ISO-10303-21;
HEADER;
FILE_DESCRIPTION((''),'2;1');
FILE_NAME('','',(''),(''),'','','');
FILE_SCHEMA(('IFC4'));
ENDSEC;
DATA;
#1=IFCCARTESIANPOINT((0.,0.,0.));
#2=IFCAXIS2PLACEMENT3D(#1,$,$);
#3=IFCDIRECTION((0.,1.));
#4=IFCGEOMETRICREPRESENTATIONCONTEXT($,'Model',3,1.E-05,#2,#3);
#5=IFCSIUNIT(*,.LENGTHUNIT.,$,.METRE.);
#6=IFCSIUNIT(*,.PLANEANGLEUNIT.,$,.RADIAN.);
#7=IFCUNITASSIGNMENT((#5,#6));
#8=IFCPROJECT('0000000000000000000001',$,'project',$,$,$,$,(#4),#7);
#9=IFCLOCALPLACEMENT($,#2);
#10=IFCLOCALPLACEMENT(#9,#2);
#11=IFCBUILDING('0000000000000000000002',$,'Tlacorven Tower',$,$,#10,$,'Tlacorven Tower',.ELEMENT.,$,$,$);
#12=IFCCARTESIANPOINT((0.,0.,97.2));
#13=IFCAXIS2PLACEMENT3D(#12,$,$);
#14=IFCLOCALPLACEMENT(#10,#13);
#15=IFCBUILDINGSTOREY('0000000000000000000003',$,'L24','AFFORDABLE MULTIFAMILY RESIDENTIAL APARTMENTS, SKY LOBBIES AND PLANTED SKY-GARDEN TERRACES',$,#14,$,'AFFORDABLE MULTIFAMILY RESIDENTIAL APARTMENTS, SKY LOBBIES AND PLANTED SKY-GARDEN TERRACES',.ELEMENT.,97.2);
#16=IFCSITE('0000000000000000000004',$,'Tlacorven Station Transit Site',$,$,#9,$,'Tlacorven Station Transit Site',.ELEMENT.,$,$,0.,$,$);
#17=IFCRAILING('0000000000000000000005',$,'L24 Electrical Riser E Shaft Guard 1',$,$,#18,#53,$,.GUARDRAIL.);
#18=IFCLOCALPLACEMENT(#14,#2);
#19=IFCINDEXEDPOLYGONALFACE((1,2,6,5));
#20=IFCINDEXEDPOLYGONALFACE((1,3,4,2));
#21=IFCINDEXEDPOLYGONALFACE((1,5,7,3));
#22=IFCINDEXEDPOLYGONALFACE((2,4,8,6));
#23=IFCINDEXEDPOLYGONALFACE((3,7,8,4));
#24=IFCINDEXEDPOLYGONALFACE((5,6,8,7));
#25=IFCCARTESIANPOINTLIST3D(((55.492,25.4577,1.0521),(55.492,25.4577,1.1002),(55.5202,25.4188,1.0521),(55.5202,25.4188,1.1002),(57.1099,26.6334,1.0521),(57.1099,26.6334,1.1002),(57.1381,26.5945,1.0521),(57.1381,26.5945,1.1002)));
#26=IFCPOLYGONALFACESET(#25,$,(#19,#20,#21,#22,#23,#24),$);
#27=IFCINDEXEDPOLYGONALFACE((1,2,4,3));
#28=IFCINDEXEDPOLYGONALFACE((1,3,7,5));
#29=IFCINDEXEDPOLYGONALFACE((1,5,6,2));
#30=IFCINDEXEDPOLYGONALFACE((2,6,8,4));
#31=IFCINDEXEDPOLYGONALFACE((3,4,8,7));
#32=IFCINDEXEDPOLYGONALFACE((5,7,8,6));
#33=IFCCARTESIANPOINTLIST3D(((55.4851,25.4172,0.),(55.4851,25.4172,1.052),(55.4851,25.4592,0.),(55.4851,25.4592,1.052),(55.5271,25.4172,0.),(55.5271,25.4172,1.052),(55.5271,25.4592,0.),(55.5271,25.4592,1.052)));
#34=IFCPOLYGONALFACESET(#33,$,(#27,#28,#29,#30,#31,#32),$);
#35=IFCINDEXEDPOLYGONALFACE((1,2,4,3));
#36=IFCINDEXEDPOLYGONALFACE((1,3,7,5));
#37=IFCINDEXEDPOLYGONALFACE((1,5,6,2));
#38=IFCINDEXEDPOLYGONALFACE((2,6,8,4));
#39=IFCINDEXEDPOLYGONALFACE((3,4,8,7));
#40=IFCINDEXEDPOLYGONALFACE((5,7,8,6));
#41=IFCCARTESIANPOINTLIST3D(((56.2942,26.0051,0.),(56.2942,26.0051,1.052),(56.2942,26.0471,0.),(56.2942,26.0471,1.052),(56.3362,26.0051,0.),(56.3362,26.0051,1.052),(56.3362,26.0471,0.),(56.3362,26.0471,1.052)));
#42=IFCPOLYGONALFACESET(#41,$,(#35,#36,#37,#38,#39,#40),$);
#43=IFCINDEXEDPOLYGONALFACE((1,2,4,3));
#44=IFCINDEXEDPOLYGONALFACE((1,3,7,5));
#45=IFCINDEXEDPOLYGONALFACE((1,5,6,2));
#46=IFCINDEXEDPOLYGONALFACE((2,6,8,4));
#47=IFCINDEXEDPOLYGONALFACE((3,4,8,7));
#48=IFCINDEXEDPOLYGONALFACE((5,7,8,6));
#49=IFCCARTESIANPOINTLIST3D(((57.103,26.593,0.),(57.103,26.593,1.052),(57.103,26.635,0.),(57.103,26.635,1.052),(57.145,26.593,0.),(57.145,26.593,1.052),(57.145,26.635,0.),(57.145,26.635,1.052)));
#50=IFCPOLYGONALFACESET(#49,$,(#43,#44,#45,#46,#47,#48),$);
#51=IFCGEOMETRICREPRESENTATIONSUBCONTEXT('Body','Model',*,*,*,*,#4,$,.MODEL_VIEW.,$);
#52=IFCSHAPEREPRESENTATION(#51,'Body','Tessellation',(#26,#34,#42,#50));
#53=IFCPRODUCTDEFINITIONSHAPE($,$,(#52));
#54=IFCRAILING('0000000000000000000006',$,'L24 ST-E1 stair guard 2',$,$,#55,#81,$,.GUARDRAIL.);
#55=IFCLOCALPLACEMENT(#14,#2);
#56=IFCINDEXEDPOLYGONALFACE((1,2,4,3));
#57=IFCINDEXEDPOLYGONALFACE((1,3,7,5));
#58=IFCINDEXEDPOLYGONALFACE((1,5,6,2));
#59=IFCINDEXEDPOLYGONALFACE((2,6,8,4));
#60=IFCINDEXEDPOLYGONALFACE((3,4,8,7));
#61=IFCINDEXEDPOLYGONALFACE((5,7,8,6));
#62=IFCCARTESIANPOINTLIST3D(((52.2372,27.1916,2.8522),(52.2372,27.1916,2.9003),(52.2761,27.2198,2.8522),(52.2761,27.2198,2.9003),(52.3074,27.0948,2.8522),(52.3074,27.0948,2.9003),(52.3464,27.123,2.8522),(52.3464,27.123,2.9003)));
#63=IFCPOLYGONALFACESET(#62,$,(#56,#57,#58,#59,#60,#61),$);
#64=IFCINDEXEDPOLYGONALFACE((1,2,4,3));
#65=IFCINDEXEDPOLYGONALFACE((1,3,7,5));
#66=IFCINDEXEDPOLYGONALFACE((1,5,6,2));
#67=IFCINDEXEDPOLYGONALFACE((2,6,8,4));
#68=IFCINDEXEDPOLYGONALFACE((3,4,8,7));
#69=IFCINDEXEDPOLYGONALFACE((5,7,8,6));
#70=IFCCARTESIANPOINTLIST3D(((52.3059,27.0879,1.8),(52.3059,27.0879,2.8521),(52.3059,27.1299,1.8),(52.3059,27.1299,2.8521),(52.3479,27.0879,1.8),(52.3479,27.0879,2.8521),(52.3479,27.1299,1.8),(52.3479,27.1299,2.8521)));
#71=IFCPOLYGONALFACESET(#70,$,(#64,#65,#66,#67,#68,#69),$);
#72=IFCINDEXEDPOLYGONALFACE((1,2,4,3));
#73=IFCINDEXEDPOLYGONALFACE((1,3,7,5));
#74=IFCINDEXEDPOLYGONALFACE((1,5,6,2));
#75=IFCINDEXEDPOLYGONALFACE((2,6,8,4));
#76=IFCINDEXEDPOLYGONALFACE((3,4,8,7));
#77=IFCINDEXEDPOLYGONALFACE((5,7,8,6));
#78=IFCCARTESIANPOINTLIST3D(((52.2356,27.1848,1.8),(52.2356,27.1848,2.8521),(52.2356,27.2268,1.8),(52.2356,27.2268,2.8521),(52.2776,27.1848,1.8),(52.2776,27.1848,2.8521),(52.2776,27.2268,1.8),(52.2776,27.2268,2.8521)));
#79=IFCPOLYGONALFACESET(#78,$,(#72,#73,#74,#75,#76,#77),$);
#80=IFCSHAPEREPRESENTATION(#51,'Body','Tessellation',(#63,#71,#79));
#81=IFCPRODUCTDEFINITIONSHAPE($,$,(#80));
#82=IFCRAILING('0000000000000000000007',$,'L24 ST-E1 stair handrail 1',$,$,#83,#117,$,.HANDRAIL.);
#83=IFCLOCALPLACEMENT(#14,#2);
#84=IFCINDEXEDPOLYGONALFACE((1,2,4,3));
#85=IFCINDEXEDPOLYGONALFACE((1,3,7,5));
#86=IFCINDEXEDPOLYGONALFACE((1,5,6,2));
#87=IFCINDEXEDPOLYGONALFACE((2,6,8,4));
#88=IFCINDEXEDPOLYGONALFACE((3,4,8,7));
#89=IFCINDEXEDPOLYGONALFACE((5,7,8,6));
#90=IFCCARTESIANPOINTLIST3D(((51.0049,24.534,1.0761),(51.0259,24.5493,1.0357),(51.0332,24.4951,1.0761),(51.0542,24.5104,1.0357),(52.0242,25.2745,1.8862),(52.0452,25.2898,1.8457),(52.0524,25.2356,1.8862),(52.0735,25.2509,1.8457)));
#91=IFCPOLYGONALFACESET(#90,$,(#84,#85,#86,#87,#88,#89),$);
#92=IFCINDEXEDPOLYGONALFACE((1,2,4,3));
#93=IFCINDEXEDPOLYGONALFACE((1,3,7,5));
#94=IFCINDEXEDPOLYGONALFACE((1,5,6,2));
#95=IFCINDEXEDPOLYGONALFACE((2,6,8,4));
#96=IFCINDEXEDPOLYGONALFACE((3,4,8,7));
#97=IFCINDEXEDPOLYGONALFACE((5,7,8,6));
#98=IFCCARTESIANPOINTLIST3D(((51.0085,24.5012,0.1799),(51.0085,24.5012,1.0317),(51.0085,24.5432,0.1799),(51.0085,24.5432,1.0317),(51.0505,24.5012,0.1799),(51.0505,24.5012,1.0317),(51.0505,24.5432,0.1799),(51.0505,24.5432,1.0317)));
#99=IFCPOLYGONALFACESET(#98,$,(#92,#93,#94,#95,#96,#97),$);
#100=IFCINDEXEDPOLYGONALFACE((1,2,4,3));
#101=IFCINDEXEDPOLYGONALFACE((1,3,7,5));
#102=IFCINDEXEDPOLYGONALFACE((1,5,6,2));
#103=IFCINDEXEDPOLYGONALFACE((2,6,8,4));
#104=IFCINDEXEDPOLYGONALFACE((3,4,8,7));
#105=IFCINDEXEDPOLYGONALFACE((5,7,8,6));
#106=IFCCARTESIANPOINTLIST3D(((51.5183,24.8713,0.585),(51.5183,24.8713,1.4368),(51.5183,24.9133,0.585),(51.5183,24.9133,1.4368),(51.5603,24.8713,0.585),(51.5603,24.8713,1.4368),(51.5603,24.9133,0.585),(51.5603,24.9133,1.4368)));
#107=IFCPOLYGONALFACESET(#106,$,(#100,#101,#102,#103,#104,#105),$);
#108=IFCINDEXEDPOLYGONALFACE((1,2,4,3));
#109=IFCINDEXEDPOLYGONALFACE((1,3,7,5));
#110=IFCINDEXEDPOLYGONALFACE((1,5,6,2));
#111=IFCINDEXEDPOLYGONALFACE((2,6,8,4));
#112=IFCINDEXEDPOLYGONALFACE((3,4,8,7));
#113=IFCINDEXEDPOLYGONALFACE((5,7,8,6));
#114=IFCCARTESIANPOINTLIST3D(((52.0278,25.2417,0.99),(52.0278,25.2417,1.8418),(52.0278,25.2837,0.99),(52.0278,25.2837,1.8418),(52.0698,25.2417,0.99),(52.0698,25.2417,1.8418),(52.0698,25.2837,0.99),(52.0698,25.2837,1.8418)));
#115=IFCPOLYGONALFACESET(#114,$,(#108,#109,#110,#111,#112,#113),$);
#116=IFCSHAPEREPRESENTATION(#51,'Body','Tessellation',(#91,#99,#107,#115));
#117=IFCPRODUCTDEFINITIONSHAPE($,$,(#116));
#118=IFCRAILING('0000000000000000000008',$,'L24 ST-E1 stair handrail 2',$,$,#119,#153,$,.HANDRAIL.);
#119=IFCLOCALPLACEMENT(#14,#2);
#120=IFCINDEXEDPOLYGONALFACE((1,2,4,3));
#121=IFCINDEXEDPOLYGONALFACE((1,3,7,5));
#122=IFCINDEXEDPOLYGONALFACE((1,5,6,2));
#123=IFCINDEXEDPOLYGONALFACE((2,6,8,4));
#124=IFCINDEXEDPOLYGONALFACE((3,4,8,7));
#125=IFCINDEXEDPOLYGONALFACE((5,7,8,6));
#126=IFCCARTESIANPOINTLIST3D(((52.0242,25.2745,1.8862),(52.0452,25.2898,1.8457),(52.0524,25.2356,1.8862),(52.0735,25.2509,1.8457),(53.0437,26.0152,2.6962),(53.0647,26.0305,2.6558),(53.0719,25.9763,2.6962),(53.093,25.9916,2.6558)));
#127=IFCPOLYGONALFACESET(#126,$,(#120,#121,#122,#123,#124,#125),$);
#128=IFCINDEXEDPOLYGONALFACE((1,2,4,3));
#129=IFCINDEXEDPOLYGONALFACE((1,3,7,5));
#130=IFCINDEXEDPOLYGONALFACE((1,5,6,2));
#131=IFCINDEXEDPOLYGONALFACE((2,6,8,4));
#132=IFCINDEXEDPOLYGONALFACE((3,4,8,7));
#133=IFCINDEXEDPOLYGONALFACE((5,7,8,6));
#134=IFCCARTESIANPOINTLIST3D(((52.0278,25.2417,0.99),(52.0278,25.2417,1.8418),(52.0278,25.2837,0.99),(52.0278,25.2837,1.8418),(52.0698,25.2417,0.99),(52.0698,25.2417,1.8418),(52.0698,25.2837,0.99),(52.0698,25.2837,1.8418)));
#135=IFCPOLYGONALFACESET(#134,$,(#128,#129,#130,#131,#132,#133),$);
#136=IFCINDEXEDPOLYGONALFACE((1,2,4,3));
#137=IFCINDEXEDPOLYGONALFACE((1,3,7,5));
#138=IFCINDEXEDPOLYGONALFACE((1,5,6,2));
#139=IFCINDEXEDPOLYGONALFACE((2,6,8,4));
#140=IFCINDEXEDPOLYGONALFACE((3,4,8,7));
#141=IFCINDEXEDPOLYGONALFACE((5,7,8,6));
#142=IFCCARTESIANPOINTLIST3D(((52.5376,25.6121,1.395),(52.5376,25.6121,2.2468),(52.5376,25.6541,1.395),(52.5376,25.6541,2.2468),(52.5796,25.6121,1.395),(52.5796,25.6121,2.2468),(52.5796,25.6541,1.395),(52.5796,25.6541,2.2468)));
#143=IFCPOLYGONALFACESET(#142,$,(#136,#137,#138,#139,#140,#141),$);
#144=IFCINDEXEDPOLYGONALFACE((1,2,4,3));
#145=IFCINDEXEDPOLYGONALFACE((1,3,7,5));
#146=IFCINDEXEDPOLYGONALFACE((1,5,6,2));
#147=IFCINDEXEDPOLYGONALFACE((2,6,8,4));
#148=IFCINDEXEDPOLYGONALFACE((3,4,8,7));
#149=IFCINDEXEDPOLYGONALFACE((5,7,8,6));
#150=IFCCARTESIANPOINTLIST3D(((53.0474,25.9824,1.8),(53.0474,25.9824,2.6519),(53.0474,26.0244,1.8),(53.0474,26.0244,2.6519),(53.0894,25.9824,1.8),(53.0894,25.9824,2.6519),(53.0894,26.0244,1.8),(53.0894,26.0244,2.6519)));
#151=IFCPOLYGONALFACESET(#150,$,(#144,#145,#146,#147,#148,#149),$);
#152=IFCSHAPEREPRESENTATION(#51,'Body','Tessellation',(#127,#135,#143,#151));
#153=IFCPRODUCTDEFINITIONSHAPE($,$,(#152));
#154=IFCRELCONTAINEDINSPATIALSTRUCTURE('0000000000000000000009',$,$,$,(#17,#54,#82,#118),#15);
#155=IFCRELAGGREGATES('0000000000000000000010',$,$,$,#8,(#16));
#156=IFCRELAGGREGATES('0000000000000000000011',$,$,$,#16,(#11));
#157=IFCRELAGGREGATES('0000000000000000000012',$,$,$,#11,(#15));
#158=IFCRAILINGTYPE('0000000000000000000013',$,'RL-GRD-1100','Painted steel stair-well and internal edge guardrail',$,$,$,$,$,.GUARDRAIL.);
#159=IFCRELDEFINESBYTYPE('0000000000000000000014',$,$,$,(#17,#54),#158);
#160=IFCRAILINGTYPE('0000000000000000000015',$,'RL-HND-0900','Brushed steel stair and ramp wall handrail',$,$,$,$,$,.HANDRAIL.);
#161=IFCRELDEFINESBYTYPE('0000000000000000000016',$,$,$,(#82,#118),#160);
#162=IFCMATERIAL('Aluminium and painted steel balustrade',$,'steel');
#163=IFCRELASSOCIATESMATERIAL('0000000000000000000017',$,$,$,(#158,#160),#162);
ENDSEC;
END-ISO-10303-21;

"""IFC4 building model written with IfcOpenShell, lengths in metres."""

from ifc_helpers import new_model, si_unit, direction, frame, origin, origin_2d, place, context, subcontext, project, spatial, rectangle, extrude, source, transform, mapped, material, type_object, element, save


model = new_model("IFC4")

# Units and contexts
model_context = context("Model", 3, precision=1e-05, world=origin(), true_north=direction((0.0, 1.0)))
body_context = subcontext(model_context, "Body", "Model", "MODEL_VIEW")
ifc_project = project(units=[si_unit("LENGTHUNIT", "METRE"), si_unit("PLANEANGLEUNIT", "RADIAN")], contexts=[model_context])

# Site, building, storey
site_placement = place(None, origin())
site = spatial("IfcSite", under=ifc_project, at=site_placement, Name="Tlacorven Station Transit Site", LongName="Tlacorven Station Transit Site", CompositionType="ELEMENT", RefElevation=0.0)
building_placement = place(site_placement, origin())
building = spatial("IfcBuilding", under=site, at=building_placement, Name="Tlacorven Tower", LongName="Tlacorven Tower", CompositionType="ELEMENT")
storey_placement = place(building_placement, frame((0.0, 0.0, 97.2)))
storey = spatial("IfcBuildingStorey", under=building, at=storey_placement, Name="L24", Description="AFFORDABLE MULTIFAMILY RESIDENTIAL APARTMENTS, SKY LOBBIES AND PLANTED SKY-GARDEN TERRACES", LongName="AFFORDABLE MULTIFAMILY RESIDENTIAL APARTMENTS, SKY LOBBIES AND PLANTED SKY-GARDEN TERRACES", CompositionType="ELEMENT", Elevation=97.2)

# Railings
ifc_material_1 = material(Name="Aluminium and painted steel balustrade", Category="steel")
railing_type_1 = type_object("IfcRailingType", Name="RL-GRD-1100", Description="Painted steel stair-well and internal edge guardrail", PredefinedType="GUARDRAIL", material=ifc_material_1)
shared_shape_1 = source(origin(), body_context, "Body", "SweptSolid", [
    extrude(rectangle(XDim=0.0481, YDim=0.0481, at=origin_2d()), frame((0.0, 0.0, 1.0762), z_axis=(0.808947, 0.587881, 0.0), x_axis=(-0.587881, 0.808947, 0.0)), (0.0, 0.0, 1.0), 2.0),
    extrude(rectangle(XDim=0.042, YDim=0.042, at=origin_2d()), origin(), (0.0, 0.0, 1.0), 1.052),
    extrude(rectangle(XDim=0.042, YDim=0.042, at=origin_2d()), frame((0.8091, 0.5879, 0.0)), (0.0, 0.0, 1.0), 1.052),
    extrude(rectangle(XDim=0.042, YDim=0.042, at=origin_2d()), frame((1.6179, 1.1758, 0.0)), (0.0, 0.0, 1.0), 1.052),
])
railing_1_placement = place(storey_placement, frame((55.5061, 25.4382, 0.0)))
element("IfcRailing", 1, at=railing_1_placement, inside=storey, type_object=railing_type_1, Name="L24 Electrical Riser E Shaft Guard 1", PredefinedType="GUARDRAIL", context=body_context, shape_type="MappedRepresentation", body=[
    mapped(shared_shape_1, transform((0.0, 0.0, 0.0), scale=1.0)),
])
shared_shape_2 = source(origin(), body_context, "Body", "SweptSolid", [
    extrude(rectangle(XDim=0.0481, YDim=0.0481, at=origin_2d()), frame((0.0, 0.0, 1.0762), z_axis=(-0.587201, 0.809441, 0.0), x_axis=(-0.809441, -0.587201, 0.0)), (0.0, 0.0, 1.0), 0.1196),
    extrude(rectangle(XDim=0.042, YDim=0.042, at=origin_2d()), origin(), (0.0, 0.0, 1.0), 1.052),
    extrude(rectangle(XDim=0.042, YDim=0.042, at=origin_2d()), frame((-0.0703, 0.0969, 0.0)), (0.0, 0.0, 1.0), 1.052),
])
railing_2_placement = place(storey_placement, frame((52.3269, 27.1089, 1.8)))
element("IfcRailing", 2, at=railing_2_placement, inside=storey, type_object=railing_type_1, Name="L24 ST-E1 stair guard 2", PredefinedType="GUARDRAIL", context=body_context, shape_type="MappedRepresentation", body=[
    mapped(shared_shape_2, transform((0.0, 0.0, 0.0), scale=1.0)),
])
railing_type_2 = type_object("IfcRailingType", Name="RL-HND-0900", Description="Brushed steel stair and ramp wall handrail", PredefinedType="HANDRAIL", material=ifc_material_1)
shared_shape_3 = source(origin(), body_context, "Body", "SweptSolid", [
    extrude(rectangle(XDim=0.0481, YDim=0.0481, at=origin_2d()), frame((0.0, 0.0, 0.876), z_axis=(0.680516, 0.494373, 0.540827), x_axis=(-0.587745, 0.809046, 0.0)), (0.0, 0.0, 1.0), 1.4978),
    extrude(rectangle(XDim=0.042, YDim=0.042, at=origin_2d()), origin(), (0.0, 0.0, 1.0), 0.8518),
    extrude(rectangle(XDim=0.042, YDim=0.042, at=origin_2d()), frame((0.5098, 0.3701, 0.405)), (0.0, 0.0, 1.0), 0.8518),
    extrude(rectangle(XDim=0.042, YDim=0.042, at=origin_2d()), frame((1.0193, 0.7405, 0.8101)), (0.0, 0.0, 1.0), 0.8518),
])
railing_3_placement = place(storey_placement, frame((51.0295, 24.5222, 0.1799)))
element("IfcRailing", 3, at=railing_3_placement, inside=storey, type_object=railing_type_2, Name="L24 ST-E1 stair handrail 1", PredefinedType="HANDRAIL", context=body_context, shape_type="MappedRepresentation", body=[
    mapped(shared_shape_3, transform((0.0, 0.0, 0.0), scale=1.0)),
])
shared_shape_4 = source(origin(), body_context, "Body", "SweptSolid", [
    extrude(rectangle(XDim=0.0481, YDim=0.0481, at=origin_2d()), frame((0.0, 0.0, 0.876), z_axis=(0.680549, 0.494441, 0.540723), x_axis=(-0.58778, 0.809021, 0.0)), (0.0, 0.0, 1.0), 1.498),
    extrude(rectangle(XDim=0.042, YDim=0.042, at=origin_2d()), origin(), (0.0, 0.0, 1.0), 0.8518),
    extrude(rectangle(XDim=0.042, YDim=0.042, at=origin_2d()), frame((0.5098, 0.3704, 0.405)), (0.0, 0.0, 1.0), 0.8518),
    extrude(rectangle(XDim=0.042, YDim=0.042, at=origin_2d()), frame((1.0195, 0.7407, 0.8101)), (0.0, 0.0, 1.0), 0.8518),
])
railing_4_placement = place(storey_placement, frame((52.0488, 25.2627, 0.99)))
element("IfcRailing", 4, at=railing_4_placement, inside=storey, type_object=railing_type_2, Name="L24 ST-E1 stair handrail 2", PredefinedType="HANDRAIL", context=body_context, shape_type="MappedRepresentation", body=[
    mapped(shared_shape_4, transform((0.0, 0.0, 0.0), scale=1.0)),
])

save(model, "model.ifc")
